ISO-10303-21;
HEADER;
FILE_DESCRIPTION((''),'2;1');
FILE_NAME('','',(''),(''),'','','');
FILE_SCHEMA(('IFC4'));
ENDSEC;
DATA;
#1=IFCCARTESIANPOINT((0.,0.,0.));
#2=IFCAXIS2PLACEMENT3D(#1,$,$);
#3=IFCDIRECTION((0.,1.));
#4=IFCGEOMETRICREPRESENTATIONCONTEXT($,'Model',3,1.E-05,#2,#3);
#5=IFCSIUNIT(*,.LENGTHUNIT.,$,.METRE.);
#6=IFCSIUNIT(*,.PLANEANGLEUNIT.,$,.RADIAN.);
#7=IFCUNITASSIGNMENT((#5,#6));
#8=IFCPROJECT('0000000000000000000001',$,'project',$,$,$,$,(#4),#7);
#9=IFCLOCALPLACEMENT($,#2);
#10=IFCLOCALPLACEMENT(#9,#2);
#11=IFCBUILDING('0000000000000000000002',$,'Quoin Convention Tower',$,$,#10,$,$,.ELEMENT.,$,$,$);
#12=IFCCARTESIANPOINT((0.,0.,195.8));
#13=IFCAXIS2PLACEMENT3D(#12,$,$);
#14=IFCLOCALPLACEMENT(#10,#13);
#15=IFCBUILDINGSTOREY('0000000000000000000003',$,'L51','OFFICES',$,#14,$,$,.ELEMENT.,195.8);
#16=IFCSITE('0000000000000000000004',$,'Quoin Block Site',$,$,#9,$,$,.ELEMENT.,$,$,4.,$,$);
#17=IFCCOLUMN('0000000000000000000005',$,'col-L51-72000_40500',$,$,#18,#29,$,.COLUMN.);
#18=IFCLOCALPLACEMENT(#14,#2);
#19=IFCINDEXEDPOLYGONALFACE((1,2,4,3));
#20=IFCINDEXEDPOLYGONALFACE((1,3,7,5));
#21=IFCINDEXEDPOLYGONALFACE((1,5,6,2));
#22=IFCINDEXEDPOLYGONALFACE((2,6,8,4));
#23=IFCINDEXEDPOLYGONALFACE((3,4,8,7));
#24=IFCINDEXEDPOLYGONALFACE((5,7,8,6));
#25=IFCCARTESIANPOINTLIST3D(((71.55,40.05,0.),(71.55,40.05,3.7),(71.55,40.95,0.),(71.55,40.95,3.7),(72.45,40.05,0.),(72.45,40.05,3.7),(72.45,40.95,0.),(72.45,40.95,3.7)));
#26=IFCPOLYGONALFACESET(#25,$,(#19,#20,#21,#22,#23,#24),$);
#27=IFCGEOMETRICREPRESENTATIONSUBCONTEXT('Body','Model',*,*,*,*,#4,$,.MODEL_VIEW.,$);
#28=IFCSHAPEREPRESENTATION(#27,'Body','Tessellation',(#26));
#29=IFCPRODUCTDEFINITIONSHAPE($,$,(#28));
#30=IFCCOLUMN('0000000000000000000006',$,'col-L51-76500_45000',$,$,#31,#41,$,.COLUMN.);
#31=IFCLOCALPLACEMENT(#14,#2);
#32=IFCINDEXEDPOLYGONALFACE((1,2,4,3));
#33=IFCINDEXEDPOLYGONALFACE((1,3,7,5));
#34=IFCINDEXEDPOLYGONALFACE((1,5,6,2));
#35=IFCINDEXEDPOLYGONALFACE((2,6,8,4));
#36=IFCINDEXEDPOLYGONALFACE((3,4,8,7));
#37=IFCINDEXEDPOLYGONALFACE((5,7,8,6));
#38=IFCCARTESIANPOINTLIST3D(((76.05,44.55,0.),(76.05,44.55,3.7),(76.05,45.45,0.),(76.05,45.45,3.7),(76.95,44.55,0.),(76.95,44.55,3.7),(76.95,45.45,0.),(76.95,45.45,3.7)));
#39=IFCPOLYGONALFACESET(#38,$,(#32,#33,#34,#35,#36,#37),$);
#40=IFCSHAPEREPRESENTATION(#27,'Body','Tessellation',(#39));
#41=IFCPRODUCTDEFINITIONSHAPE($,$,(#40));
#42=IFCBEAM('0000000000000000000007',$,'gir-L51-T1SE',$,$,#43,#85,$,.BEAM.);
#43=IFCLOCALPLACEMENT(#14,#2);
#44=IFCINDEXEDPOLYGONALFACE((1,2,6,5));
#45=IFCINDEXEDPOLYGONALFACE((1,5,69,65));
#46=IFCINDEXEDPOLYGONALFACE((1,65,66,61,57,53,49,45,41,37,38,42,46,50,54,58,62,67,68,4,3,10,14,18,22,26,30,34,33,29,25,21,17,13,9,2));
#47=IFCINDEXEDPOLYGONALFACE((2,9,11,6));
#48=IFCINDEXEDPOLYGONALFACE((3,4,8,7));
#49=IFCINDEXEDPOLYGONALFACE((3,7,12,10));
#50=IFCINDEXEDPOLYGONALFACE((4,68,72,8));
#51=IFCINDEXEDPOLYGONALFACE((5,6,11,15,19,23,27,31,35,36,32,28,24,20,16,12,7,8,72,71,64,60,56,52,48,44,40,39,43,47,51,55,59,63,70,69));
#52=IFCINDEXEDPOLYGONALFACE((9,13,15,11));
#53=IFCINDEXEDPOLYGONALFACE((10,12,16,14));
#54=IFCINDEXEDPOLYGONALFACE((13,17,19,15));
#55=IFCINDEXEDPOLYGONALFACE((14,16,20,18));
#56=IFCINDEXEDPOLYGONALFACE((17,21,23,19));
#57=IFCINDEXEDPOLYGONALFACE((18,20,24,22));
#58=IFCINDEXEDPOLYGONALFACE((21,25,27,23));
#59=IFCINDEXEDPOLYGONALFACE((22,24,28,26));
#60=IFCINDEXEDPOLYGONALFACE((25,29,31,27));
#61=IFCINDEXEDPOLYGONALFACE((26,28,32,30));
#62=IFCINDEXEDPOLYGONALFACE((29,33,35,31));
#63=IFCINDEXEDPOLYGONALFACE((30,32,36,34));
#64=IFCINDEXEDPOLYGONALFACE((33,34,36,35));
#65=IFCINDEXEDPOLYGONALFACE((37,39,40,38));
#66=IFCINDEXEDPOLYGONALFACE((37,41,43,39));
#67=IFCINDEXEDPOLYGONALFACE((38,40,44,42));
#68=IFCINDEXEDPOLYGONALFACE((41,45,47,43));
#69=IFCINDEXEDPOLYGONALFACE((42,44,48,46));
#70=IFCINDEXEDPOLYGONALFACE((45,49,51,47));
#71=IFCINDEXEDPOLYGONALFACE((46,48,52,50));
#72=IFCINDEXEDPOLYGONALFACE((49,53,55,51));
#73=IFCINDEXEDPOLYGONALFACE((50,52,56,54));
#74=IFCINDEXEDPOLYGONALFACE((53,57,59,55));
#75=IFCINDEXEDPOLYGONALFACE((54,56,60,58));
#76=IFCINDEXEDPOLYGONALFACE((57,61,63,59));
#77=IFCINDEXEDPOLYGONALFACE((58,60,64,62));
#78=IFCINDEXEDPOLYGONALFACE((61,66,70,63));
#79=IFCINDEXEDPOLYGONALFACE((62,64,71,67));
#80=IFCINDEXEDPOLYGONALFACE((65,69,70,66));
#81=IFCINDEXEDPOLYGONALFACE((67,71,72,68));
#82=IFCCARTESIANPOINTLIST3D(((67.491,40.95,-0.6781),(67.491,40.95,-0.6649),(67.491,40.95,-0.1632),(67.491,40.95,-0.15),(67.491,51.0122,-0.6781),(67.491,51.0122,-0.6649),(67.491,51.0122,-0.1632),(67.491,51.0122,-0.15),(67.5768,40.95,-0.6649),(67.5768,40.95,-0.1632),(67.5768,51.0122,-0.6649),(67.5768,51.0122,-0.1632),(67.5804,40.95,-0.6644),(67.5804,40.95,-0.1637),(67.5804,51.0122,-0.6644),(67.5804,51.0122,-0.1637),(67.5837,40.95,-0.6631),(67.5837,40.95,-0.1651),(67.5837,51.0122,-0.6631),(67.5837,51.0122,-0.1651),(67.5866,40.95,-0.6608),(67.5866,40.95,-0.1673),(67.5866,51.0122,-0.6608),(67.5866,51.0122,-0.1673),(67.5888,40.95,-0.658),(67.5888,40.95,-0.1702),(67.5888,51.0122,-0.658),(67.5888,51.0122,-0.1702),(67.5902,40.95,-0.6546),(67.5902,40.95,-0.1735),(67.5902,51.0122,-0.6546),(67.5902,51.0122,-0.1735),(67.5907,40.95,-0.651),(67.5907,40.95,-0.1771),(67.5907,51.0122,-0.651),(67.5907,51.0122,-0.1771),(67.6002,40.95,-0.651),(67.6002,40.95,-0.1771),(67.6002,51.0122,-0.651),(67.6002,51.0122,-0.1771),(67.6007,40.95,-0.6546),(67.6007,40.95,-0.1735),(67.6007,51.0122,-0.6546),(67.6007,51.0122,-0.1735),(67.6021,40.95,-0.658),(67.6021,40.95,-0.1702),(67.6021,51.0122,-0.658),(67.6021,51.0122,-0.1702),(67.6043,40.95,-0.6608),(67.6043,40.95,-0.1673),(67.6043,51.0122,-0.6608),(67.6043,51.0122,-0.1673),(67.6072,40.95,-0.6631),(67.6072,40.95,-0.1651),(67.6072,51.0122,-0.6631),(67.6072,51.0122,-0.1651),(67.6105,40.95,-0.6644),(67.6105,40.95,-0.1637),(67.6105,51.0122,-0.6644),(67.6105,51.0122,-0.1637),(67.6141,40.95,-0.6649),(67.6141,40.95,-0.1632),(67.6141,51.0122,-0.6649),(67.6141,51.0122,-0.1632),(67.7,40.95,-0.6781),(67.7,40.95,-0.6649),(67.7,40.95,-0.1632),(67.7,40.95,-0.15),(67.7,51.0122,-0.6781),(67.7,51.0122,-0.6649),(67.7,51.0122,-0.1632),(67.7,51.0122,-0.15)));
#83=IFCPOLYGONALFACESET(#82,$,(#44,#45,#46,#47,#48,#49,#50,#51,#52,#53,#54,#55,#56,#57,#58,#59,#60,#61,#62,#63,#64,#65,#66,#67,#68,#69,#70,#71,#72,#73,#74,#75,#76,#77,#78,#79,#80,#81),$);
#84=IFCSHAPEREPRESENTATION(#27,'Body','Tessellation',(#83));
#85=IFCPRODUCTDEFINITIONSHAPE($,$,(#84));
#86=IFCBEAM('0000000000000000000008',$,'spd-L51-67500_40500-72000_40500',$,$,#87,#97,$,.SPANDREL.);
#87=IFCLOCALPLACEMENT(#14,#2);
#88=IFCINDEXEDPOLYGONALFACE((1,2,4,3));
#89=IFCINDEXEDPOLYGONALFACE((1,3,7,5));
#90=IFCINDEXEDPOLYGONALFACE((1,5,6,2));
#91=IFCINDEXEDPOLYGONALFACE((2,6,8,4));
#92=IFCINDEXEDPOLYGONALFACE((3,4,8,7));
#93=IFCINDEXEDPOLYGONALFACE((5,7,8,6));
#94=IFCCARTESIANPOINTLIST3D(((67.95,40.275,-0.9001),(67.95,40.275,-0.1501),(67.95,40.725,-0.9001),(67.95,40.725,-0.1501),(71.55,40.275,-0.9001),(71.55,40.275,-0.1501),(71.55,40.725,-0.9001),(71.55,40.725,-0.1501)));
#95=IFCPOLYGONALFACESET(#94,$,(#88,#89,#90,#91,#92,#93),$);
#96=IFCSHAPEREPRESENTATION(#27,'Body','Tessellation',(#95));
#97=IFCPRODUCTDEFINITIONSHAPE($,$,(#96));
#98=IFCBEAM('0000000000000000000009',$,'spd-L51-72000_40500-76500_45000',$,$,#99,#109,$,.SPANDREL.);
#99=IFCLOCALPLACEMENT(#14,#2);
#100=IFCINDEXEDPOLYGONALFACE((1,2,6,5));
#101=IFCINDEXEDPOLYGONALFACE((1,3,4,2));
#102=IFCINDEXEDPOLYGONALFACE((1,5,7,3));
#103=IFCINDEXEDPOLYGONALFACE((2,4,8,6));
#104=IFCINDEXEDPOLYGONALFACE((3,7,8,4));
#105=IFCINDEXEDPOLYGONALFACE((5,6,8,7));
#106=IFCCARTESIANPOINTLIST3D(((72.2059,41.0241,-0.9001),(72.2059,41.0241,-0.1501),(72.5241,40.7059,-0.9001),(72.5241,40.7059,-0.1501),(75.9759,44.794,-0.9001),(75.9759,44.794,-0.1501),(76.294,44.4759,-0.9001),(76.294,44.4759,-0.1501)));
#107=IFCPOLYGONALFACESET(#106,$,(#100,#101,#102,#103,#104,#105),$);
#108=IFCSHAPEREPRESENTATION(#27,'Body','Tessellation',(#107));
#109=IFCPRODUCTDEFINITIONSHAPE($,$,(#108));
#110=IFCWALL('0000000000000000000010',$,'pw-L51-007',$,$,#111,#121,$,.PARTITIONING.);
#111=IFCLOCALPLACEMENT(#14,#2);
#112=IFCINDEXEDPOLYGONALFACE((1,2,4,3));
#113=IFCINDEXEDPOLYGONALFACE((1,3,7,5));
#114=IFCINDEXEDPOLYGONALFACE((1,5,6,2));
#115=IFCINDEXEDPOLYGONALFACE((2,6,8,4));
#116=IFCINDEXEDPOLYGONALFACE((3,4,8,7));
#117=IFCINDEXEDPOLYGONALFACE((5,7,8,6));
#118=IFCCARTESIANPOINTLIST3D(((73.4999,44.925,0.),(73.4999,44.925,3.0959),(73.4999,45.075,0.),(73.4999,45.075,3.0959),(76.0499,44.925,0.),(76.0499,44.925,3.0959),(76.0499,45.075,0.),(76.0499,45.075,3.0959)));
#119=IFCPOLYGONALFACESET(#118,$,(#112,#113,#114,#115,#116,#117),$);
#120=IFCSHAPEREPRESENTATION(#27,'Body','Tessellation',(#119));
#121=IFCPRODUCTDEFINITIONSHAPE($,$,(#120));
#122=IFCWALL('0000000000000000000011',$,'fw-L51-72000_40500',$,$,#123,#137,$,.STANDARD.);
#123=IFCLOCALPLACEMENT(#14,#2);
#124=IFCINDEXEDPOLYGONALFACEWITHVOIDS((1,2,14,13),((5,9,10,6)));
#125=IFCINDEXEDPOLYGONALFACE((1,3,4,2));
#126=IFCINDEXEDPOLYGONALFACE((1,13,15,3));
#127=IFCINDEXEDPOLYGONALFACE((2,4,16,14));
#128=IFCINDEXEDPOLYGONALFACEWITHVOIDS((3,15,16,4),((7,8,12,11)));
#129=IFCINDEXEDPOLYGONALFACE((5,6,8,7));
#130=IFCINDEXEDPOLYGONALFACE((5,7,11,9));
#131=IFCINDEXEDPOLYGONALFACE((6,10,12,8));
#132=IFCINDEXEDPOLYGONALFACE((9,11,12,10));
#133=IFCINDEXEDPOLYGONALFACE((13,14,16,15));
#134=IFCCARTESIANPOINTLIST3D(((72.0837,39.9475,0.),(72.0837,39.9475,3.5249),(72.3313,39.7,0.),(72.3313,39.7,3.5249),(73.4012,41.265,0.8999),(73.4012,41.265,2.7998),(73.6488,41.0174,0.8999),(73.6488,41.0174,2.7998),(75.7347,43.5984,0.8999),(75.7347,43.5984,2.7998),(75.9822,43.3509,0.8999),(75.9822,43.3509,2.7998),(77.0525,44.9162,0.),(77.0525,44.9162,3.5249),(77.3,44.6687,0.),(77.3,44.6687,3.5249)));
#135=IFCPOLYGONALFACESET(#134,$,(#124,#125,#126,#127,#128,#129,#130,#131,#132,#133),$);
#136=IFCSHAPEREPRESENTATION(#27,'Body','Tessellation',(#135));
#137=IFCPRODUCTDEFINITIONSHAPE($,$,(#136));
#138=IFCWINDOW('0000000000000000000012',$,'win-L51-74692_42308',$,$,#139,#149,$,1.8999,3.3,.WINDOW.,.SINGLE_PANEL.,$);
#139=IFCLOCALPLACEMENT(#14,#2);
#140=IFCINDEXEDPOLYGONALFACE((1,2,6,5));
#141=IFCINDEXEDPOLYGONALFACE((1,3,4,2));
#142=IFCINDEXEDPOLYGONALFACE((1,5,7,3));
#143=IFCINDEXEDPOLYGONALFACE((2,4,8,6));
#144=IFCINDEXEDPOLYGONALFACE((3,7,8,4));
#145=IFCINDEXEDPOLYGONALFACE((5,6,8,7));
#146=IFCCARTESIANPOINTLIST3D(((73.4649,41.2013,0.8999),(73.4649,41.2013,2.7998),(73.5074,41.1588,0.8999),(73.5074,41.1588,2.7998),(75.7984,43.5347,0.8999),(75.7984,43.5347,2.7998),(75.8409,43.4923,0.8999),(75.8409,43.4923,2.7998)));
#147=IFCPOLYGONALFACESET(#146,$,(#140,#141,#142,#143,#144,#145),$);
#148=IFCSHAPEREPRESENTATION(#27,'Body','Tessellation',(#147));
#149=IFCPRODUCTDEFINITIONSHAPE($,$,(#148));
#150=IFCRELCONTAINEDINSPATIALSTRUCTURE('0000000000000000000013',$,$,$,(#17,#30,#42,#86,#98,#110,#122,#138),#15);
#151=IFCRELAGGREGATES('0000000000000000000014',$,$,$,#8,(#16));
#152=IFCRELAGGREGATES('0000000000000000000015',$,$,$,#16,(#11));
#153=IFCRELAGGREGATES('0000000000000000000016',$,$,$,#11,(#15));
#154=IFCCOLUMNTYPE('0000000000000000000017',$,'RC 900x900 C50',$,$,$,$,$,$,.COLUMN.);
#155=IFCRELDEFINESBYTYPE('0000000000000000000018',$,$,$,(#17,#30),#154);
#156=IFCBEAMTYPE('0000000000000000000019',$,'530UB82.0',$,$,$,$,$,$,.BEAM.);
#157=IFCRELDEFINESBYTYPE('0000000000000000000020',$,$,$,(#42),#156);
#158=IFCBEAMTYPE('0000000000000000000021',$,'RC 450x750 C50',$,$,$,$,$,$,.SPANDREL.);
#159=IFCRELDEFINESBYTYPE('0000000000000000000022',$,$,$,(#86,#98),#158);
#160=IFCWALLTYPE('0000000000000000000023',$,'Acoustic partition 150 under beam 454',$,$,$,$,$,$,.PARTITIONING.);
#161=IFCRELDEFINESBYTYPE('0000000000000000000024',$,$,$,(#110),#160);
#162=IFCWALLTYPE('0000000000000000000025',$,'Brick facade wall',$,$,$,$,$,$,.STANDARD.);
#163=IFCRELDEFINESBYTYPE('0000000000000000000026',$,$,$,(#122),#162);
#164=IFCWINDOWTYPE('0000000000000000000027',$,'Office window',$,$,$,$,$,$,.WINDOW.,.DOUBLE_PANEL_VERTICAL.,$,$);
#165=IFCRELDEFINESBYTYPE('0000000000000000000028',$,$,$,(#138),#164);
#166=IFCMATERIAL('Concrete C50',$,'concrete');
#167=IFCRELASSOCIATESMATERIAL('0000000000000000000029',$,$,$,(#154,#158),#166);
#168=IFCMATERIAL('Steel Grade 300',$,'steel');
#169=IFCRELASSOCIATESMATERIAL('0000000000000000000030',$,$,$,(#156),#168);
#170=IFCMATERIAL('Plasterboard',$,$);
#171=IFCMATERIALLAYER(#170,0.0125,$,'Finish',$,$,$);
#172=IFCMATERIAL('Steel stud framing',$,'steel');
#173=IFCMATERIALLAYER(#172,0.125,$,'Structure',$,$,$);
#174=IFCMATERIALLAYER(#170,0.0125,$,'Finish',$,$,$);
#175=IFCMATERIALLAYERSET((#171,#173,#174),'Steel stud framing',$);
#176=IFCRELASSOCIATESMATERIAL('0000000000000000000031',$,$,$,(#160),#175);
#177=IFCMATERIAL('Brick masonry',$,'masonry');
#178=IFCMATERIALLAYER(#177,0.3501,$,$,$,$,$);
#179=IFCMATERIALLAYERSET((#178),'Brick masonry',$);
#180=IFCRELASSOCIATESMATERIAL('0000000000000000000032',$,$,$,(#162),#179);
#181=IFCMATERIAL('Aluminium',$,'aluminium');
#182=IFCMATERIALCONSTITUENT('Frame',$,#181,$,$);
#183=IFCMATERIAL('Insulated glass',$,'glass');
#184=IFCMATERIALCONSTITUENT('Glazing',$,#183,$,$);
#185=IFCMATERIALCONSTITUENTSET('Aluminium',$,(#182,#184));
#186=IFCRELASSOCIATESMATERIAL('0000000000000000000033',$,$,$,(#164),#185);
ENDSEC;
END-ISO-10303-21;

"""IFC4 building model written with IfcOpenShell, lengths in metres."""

from ifc_helpers import new_model, si_unit, direction, frame, frame_2d, origin, origin_2d, place, context, subcontext, project, spatial, rectangle, i_section, extrude, material, layer, layer_set, constituent, constituent_set, material_profile, profile_set, type_object, element, fill, save


model = new_model("IFC4")

# Units and contexts
model_context = context("Model", 3, precision=1e-05, world=origin(), true_north=direction((0.0, 1.0)))
body_context = subcontext(model_context, "Body", "Model", "MODEL_VIEW")
ifc_project = project(units=[si_unit("LENGTHUNIT", "METRE"), si_unit("PLANEANGLEUNIT", "RADIAN")], contexts=[model_context])

# Site, building, storey
site_placement = place(None, origin())
site = spatial("IfcSite", under=ifc_project, at=site_placement, Name="Quoin Block Site", CompositionType="ELEMENT", RefElevation=4.0)
building_placement = place(site_placement, origin())
building = spatial("IfcBuilding", under=site, at=building_placement, Name="Quoin Convention Tower", CompositionType="ELEMENT")
storey_placement = place(building_placement, frame((0.0, 0.0, 195.8)))
storey = spatial("IfcBuildingStorey", under=building, at=storey_placement, Name="L51", Description="OFFICES", CompositionType="ELEMENT", Elevation=195.8)

# Columns
ifc_material_1 = material(Name="Concrete C50", Category="concrete")
ifc_material_profile_1 = material_profile(ifc_material_1, rectangle(XDim=0.8999, YDim=0.8999, at=origin_2d()), Name="RC 900x900")
ifc_profile_set_1 = profile_set([ifc_material_profile_1], Name="Concrete C50")
column_type = type_object("IfcColumnType", Name="RC 900x900 C50", PredefinedType="COLUMN", material=ifc_profile_set_1)
for number, where, z_axis, x_axis, name in (
    (1, (72.0, 40.5, 0.0), (0.0, 0.0, 1.0), (1.0, 0.0, 0.0), "col-L51-72000_40500"),
    (2, (76.5, 45.0, 0.0), (0.0, 0.0, 1.0), (1.0, 0.0, 0.0), "col-L51-76500_45000"),
):
    element("IfcColumn", number, at=place(storey_placement, frame(where, z_axis=z_axis, x_axis=x_axis)), inside=storey, type_object=column_type, Name=name, PredefinedType="COLUMN", context=body_context, shape_type="SweptSolid", body=[
        extrude(rectangle(XDim=0.8999, YDim=0.8999, at=origin_2d()), origin(), (0.0, 0.0, 1.0), 3.7),
    ])

# Beams
ifc_material_2 = material(Name="Steel Grade 300", Category="steel")
ifc_material_profile_2 = material_profile(ifc_material_2, i_section(OverallWidth=0.209, OverallDepth=0.5281, WebThickness=0.0095, FlangeThickness=0.0132, FilletRadius=0.0139, at=origin_2d()), Name="530UB82.0")
ifc_profile_set_2 = profile_set([ifc_material_profile_2], Name="Steel Grade 300")
beam_type_1 = type_object("IfcBeamType", Name="530UB82.0", PredefinedType="BEAM", material=ifc_profile_set_2)
beam_1_placement = place(storey_placement, frame((67.5955, 40.95, -0.4141), z_axis=(0.0, 1.0, 0.0), x_axis=(-1.0, 0.0, 0.0)))
element("IfcBeam", 3, at=beam_1_placement, inside=storey, type_object=beam_type_1, Name="gir-L51-T1SE", PredefinedType="BEAM", context=body_context, shape_type="SweptSolid", body=[
    extrude(i_section(OverallWidth=0.209, OverallDepth=0.5281, WebThickness=0.0095, FlangeThickness=0.0132, FilletRadius=0.0139, at=origin_2d()), origin(), (0.0, 0.0, 1.0), 10.0623),
])
ifc_material_profile_3 = material_profile(ifc_material_1, rectangle(XDim=0.45, YDim=0.75, at=origin_2d()), Name="RC 450x750")
ifc_profile_set_3 = profile_set([ifc_material_profile_3], Name="Concrete C50")
beam_type_2 = type_object("IfcBeamType", Name="RC 450x750 C50", PredefinedType="SPANDREL", material=ifc_profile_set_3)
beam_2_placement = place(storey_placement, frame((67.95, 40.5, -0.5251), z_axis=(1.0, 0.0, 0.0), x_axis=(0.0, 1.0, 0.0)))
element("IfcBeam", 4, at=beam_2_placement, inside=storey, type_object=beam_type_2, Name="spd-L51-67500_40500-72000_40500", PredefinedType="SPANDREL", context=body_context, shape_type="SweptSolid", body=[
    extrude(rectangle(XDim=0.45, YDim=0.75, at=origin_2d()), origin(), (0.0, 0.0, 1.0), 3.6001),
])
beam_3_placement = place(storey_placement, frame((72.365, 40.865, -0.5251), z_axis=(0.707107, 0.707107, 0.0), x_axis=(-0.707107, 0.707107, 0.0)))
element("IfcBeam", 5, at=beam_3_placement, inside=storey, type_object=beam_type_2, Name="spd-L51-72000_40500-76500_45000", PredefinedType="SPANDREL", context=body_context, shape_type="SweptSolid", body=[
    extrude(rectangle(XDim=0.45, YDim=0.75, at=origin_2d()), origin(), (0.0, 0.0, 1.0), 5.3315),
])

# Wall
ifc_material_3 = material(Name="Plasterboard")
ifc_layer_1 = layer(ifc_material_3, 0.0125, Name="Finish")
ifc_material_4 = material(Name="Steel stud framing", Category="steel")
ifc_layer_2 = layer(ifc_material_4, 0.125, Name="Structure")
ifc_layer_3 = layer(ifc_material_3, 0.0125, Name="Finish")
ifc_layer_set_1 = layer_set([ifc_layer_1, ifc_layer_2, ifc_layer_3], Name="Steel stud framing")
wall_type_1 = type_object("IfcWallType", Name="Acoustic partition 150 under beam 454", PredefinedType="PARTITIONING", material=ifc_layer_set_1)
wall_1_placement = place(storey_placement, frame((73.5, 45.0, 0.0), z_axis=(0.0, 0.0, 1.0), x_axis=(1.0, 0.0, 0.0)))
element("IfcWall", 6, at=wall_1_placement, inside=storey, type_object=wall_type_1, Name="pw-L51-007", PredefinedType="PARTITIONING", context=body_context, shape_type="SweptSolid", body=[
    extrude(rectangle(XDim=2.55, YDim=0.1499, at=frame_2d((1.2749, 0.0))), origin(), (0.0, 0.0, 1.0), 3.0959),
])

# Wall, opening, window
ifc_material_5 = material(Name="Brick masonry", Category="masonry")
ifc_layer_4 = layer(ifc_material_5, 0.3501)
ifc_layer_set_2 = layer_set([ifc_layer_4], Name="Brick masonry")
wall_type_2 = type_object("IfcWallType", Name="Brick facade wall", PredefinedType="STANDARD", material=ifc_layer_set_2)
wall_2_placement = place(storey_placement, frame((72.2075, 39.8237, 0.0), z_axis=(0.0, 0.0, 1.0), x_axis=(0.707107, 0.707107, 0.0)))
wall_2 = element("IfcWall", 7, at=wall_2_placement, inside=storey, type_object=wall_type_2, Name="fw-L51-72000_40500", PredefinedType="STANDARD", context=body_context, shape_type="SweptSolid", body=[
    extrude(rectangle(XDim=7.0269, YDim=0.3501, at=frame_2d((3.5134, 0.0))), origin(), (0.0, 0.0, 1.0), 3.5249),
])
opening_1_placement = place(wall_2_placement, frame((1.8633, 0.0, 0.8999)))
opening_1 = element("IfcOpeningElement", 8, at=opening_1_placement, cuts=wall_2, PredefinedType="OPENING", context=body_context, shape_type="SweptSolid", body=[
    extrude(rectangle(XDim=3.3, YDim=1.8999, at=frame_2d((1.6499, 0.95))), frame((0.0, 0.1851, 0.0), z_axis=(0.0, -1.0, 0.0), x_axis=(1.0, 0.0, 0.0)), (0.0, 0.0, 1.0), 0.3701),
])
ifc_material_6 = material(Name="Aluminium", Category="aluminium")
ifc_constituent_1 = constituent(ifc_material_6, Name="Frame")
ifc_material_7 = material(Name="Insulated glass", Category="glass")
ifc_constituent_2 = constituent(ifc_material_7, Name="Glazing")
ifc_constituent_set = constituent_set(constituents=[ifc_constituent_1, ifc_constituent_2], Name="Aluminium")
window_type = type_object("IfcWindowType", Name="Office window", PartitioningType="DOUBLE_PANEL_VERTICAL", PredefinedType="WINDOW", material=ifc_constituent_set)
window_1_placement = place(opening_1_placement, origin())
window_1 = element("IfcWindow", 9, at=window_1_placement, inside=storey, type_object=window_type, Name="win-L51-74692_42308", OverallHeight=1.8999, OverallWidth=3.3, PartitioningType="SINGLE_PANEL", PredefinedType="WINDOW", context=body_context, shape_type="SweptSolid", body=[
    extrude(rectangle(XDim=3.3, YDim=1.8999, at=frame_2d((1.6499, 0.95))), frame((0.0, 0.085, 0.0), z_axis=(0.0, -1.0, 0.0), x_axis=(1.0, 0.0, 0.0)), (0.0, 0.0, 1.0), 0.0601),
])
fill(opening_1, window_1)

save(model, "model.ifc")
